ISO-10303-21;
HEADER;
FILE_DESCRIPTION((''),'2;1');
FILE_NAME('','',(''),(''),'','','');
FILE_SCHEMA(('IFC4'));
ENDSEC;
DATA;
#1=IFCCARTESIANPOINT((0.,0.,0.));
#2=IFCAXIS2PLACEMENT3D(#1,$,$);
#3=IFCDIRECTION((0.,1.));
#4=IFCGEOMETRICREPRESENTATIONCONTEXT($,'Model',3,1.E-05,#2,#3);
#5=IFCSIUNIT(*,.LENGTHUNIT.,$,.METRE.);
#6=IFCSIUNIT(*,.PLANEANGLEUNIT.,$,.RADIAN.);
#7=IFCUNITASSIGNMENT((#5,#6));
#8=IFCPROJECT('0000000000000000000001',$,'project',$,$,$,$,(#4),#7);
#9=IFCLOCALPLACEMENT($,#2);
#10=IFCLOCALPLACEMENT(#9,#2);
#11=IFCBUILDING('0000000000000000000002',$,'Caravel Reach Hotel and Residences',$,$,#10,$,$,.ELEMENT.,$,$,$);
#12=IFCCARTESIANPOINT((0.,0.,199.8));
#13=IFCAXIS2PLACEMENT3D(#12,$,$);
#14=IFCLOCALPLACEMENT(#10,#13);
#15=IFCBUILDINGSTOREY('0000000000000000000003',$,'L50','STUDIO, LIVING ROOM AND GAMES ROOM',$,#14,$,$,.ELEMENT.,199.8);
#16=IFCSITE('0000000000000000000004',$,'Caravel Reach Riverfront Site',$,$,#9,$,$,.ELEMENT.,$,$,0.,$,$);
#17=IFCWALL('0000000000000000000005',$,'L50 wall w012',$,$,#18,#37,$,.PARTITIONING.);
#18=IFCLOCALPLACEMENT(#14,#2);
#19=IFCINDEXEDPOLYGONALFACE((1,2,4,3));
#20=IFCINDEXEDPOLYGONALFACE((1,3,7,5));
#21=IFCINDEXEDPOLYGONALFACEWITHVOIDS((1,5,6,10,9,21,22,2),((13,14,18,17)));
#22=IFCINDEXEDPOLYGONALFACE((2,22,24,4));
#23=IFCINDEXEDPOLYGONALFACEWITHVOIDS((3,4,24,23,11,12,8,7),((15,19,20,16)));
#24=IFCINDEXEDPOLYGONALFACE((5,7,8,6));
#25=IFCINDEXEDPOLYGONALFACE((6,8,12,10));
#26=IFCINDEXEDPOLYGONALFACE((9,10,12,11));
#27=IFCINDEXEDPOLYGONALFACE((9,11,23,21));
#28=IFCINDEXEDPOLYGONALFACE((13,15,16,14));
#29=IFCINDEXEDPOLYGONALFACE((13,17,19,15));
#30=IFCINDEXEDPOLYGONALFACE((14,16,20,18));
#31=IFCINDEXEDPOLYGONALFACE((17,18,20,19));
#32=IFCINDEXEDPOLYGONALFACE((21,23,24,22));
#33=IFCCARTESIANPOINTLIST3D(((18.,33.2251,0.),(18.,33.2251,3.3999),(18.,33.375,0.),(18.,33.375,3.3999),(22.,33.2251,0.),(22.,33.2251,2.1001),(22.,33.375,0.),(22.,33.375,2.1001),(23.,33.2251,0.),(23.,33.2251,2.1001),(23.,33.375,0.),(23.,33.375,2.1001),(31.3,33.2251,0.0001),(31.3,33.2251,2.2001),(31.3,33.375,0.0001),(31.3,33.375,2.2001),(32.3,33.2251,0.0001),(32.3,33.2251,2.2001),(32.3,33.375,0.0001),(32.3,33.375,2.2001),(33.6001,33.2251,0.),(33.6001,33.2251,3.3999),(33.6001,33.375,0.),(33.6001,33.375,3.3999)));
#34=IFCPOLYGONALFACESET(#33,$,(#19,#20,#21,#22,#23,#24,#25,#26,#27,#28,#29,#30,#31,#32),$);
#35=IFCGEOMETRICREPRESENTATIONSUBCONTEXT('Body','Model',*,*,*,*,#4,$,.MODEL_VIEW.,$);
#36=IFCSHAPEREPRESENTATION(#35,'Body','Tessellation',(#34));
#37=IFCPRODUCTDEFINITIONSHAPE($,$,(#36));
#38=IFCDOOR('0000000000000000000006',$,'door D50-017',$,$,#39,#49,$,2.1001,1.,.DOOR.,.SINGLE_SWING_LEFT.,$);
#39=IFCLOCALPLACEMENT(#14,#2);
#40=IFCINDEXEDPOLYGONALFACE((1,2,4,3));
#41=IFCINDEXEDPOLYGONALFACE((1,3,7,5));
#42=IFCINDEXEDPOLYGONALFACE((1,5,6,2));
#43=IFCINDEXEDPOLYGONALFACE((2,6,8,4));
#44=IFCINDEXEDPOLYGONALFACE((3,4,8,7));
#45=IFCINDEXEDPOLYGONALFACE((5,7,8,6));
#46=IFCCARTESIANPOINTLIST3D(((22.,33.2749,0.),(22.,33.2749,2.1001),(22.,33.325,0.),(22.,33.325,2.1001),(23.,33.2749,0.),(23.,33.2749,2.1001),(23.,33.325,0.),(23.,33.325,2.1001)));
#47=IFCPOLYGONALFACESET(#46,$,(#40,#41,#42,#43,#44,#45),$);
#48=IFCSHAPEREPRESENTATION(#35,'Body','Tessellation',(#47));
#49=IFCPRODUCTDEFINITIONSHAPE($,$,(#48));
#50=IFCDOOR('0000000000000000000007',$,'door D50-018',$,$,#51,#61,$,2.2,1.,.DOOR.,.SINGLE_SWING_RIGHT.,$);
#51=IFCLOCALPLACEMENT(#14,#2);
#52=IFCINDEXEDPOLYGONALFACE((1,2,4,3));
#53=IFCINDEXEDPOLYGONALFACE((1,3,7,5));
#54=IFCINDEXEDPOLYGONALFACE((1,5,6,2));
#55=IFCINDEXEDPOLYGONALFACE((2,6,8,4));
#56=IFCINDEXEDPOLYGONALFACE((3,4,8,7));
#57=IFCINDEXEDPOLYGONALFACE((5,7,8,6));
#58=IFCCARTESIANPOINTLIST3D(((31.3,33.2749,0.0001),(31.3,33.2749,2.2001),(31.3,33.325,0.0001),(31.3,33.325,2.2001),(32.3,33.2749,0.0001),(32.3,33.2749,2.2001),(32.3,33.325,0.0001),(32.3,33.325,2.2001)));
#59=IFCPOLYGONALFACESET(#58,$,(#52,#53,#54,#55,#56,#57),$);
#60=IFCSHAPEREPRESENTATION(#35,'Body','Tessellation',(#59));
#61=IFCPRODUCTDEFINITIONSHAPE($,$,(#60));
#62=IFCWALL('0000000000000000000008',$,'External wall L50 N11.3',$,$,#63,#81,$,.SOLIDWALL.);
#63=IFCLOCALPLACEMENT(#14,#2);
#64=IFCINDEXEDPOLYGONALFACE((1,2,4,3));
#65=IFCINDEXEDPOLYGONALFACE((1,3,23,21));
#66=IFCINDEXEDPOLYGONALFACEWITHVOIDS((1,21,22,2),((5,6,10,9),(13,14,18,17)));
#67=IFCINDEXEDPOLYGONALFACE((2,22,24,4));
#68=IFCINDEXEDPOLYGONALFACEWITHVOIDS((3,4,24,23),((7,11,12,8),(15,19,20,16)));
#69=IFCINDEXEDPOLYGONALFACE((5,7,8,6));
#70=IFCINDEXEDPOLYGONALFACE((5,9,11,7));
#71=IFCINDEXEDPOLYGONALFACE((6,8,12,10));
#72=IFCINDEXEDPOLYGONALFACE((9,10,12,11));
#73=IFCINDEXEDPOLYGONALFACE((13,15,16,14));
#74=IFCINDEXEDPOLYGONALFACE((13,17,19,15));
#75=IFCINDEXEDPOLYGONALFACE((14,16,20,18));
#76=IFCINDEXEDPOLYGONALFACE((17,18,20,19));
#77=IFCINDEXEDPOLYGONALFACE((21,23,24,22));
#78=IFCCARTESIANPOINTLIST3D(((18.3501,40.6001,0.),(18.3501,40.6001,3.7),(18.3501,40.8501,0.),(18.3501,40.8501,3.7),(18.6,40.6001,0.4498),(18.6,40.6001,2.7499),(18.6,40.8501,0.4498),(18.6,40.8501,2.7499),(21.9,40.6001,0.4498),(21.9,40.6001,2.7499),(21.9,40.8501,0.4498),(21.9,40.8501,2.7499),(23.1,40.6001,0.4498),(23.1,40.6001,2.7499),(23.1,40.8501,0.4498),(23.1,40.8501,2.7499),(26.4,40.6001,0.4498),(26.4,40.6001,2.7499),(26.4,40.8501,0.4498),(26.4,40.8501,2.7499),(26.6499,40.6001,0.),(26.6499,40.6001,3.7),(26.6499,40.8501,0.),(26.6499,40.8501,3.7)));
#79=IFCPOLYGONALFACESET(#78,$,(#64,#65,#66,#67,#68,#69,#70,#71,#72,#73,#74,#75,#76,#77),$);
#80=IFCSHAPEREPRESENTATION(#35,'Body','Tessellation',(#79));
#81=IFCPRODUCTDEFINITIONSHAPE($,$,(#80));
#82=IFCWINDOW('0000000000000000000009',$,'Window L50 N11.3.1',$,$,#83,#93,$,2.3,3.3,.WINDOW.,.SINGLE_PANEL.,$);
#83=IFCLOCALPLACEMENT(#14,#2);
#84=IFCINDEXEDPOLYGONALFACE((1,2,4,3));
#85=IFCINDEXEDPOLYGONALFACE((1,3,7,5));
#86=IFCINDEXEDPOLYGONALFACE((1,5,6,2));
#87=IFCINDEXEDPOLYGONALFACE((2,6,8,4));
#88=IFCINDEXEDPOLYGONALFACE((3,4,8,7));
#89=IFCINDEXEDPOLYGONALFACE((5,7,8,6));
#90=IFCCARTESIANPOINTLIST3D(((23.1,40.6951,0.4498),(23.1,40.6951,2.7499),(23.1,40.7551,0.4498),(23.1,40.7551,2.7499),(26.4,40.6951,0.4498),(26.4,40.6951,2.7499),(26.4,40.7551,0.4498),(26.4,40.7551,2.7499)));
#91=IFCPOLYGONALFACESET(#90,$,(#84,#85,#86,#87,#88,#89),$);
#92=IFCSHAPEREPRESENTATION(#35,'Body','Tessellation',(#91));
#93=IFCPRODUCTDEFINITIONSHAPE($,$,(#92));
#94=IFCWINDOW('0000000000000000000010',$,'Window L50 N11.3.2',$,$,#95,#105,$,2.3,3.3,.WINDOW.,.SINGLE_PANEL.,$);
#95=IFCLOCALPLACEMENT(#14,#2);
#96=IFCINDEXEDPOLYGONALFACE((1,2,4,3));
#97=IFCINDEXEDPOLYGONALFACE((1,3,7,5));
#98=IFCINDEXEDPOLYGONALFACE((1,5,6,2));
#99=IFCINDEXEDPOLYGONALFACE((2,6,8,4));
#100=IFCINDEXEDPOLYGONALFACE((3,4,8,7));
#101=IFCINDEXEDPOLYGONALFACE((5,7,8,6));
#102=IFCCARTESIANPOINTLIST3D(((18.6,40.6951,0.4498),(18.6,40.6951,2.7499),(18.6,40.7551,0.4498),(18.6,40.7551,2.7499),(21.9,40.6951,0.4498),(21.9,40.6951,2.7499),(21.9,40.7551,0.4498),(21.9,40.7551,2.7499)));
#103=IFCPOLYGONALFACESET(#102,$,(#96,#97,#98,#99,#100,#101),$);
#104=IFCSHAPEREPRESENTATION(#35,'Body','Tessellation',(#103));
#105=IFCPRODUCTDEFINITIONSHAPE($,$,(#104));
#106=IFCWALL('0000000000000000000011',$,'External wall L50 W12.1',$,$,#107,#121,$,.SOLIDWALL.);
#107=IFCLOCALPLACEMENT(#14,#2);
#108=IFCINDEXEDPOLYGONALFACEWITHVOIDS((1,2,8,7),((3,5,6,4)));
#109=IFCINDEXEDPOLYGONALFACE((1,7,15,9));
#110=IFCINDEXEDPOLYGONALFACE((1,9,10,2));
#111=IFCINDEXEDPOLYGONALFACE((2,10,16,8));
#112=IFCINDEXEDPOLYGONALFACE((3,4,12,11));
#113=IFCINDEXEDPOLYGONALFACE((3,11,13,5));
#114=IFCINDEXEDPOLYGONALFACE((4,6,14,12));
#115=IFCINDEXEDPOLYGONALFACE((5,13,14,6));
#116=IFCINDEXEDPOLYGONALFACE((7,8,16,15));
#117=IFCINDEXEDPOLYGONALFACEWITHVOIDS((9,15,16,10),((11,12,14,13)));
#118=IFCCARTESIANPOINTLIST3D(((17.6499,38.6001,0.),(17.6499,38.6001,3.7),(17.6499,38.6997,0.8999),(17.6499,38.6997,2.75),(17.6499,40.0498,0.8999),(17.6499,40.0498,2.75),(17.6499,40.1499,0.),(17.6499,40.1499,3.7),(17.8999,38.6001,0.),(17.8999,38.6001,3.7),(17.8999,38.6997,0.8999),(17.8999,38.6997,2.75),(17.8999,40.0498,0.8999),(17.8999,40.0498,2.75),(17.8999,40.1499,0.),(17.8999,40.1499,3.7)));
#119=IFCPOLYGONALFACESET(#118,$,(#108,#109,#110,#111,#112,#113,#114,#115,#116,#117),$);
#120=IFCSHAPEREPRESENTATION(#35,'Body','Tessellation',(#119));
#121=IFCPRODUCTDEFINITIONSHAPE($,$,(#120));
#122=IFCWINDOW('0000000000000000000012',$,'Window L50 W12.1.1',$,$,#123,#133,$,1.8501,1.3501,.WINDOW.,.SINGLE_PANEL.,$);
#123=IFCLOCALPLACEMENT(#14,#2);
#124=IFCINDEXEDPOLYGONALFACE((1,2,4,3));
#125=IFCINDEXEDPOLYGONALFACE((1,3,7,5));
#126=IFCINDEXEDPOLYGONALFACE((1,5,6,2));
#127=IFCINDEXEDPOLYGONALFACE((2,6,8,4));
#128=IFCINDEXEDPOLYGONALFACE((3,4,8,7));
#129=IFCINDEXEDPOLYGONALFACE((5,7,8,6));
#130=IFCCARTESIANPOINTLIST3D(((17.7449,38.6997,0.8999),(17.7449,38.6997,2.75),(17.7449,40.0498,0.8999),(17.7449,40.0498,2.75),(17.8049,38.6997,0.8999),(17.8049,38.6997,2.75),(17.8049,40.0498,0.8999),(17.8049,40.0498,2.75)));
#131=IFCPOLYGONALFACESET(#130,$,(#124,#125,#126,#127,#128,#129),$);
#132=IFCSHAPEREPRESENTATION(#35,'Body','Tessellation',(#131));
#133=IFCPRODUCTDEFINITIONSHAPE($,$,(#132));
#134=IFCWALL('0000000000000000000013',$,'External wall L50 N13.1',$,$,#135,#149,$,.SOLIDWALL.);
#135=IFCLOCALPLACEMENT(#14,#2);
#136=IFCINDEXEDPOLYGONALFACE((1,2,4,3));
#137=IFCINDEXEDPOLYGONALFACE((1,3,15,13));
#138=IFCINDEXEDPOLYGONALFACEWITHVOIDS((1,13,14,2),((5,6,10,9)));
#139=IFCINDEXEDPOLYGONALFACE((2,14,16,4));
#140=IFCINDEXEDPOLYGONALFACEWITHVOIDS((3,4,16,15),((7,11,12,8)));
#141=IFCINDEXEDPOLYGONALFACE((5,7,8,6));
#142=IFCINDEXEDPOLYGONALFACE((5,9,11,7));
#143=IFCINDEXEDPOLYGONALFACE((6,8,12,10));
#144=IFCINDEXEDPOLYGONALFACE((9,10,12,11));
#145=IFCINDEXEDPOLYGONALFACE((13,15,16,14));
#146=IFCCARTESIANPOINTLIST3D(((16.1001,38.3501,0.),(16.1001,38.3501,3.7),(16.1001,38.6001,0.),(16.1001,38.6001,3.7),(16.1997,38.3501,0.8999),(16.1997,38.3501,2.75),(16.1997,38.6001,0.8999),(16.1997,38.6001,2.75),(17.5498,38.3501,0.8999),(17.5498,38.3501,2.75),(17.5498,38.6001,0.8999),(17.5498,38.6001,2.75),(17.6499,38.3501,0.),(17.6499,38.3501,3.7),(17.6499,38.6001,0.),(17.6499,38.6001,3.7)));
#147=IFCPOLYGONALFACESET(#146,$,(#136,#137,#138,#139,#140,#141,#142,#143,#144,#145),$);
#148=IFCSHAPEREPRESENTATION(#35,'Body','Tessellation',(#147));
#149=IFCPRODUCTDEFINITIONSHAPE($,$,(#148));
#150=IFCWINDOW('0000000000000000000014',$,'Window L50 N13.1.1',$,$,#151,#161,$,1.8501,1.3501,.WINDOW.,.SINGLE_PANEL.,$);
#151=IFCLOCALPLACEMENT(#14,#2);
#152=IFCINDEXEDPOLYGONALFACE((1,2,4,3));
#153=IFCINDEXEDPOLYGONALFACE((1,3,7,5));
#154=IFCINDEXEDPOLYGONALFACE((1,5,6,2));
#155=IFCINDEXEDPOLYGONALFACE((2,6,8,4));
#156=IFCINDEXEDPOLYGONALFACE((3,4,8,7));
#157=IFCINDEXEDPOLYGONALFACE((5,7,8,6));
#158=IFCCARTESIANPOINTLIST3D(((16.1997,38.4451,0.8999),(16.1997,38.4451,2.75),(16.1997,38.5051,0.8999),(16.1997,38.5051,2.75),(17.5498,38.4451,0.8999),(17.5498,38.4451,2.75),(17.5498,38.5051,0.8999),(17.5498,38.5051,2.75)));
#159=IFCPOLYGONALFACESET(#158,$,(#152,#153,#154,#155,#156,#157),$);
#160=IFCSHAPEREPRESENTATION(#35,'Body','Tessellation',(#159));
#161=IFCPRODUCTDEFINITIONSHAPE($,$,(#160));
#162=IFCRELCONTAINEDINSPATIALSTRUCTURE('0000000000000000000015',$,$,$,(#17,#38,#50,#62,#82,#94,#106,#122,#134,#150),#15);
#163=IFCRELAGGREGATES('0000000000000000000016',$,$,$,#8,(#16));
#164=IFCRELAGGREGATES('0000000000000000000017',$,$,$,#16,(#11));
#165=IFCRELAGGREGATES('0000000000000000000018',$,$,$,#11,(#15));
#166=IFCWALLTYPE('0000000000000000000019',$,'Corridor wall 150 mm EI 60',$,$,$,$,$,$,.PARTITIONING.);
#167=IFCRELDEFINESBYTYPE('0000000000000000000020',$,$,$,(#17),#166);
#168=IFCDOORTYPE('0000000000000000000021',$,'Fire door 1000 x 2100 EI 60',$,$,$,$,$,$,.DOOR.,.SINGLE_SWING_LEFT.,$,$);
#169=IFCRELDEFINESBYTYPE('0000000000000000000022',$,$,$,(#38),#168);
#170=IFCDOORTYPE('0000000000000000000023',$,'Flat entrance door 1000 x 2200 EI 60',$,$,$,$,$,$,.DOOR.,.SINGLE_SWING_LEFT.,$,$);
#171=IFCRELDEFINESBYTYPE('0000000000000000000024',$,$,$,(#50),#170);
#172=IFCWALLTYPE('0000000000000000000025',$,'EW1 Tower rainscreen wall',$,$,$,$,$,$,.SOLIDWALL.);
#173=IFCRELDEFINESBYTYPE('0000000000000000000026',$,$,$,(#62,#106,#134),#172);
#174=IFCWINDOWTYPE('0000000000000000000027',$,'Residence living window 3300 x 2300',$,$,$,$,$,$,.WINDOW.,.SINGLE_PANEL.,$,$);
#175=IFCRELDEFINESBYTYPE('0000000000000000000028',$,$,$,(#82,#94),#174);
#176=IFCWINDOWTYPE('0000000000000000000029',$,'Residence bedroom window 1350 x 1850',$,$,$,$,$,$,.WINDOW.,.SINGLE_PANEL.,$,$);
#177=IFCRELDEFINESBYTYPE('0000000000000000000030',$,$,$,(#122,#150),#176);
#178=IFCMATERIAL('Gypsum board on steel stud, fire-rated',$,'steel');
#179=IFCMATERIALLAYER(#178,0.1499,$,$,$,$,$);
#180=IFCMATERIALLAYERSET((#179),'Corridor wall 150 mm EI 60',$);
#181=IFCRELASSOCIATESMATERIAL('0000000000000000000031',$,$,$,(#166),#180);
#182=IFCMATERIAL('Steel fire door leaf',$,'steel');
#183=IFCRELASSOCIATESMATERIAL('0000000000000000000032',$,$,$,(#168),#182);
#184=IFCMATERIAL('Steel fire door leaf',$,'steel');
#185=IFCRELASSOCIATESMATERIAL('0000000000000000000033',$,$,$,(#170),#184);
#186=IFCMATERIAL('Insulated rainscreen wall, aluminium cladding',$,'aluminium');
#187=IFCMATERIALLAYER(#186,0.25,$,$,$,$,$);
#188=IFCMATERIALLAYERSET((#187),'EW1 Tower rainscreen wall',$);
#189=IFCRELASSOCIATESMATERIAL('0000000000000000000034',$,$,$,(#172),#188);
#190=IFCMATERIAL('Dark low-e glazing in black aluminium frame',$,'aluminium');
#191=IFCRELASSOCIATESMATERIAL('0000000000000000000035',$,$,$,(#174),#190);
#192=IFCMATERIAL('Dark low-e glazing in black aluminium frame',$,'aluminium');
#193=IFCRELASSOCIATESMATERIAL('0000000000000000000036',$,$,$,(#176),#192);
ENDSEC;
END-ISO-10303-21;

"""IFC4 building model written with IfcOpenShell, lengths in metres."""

from ifc_helpers import new_model, si_unit, direction, frame, frame_2d, origin, place, context, subcontext, project, spatial, rectangle, extrude, material, layer, layer_set, type_object, element, fill, save


model = new_model("IFC4")

# Units and contexts
model_context = context("Model", 3, precision=1e-05, world=origin(), true_north=direction((0.0, 1.0)))
body_context = subcontext(model_context, "Body", "Model", "MODEL_VIEW")
ifc_project = project(units=[si_unit("LENGTHUNIT", "METRE"), si_unit("PLANEANGLEUNIT", "RADIAN")], contexts=[model_context])

# Site, building, storey
site_placement = place(None, origin())
site = spatial("IfcSite", under=ifc_project, at=site_placement, Name="Caravel Reach Riverfront Site", CompositionType="ELEMENT", RefElevation=0.0)
building_placement = place(site_placement, origin())
building = spatial("IfcBuilding", under=site, at=building_placement, Name="Caravel Reach Hotel and Residences", CompositionType="ELEMENT")
storey_placement = place(building_placement, frame((0.0, 0.0, 199.8)))
storey = spatial("IfcBuildingStorey", under=building, at=storey_placement, Name="L50", Description="STUDIO, LIVING ROOM AND GAMES ROOM", CompositionType="ELEMENT", Elevation=199.8)

# Shared definitions
ifc_material_1 = material(Name="Gypsum board on steel stud, fire-rated", Category="steel")
ifc_layer_1 = layer(ifc_material_1, 0.1499)
ifc_layer_set_1 = layer_set([ifc_layer_1], Name="Corridor wall 150 mm EI 60")
wall_type_1 = type_object("IfcWallType", Name="Corridor wall 150 mm EI 60", PredefinedType="PARTITIONING", material=ifc_layer_set_1)

# Wall, openings, doors
wall_1_placement = place(storey_placement, frame((18.0, 33.3, 0.0), z_axis=(0.0, 0.0, 1.0), x_axis=(1.0, 0.0, 0.0)))
wall_1 = element("IfcWall", 1, at=wall_1_placement, inside=storey, type_object=wall_type_1, Name="L50 wall w012", PredefinedType="PARTITIONING", context=body_context, shape_type="SweptSolid", body=[
    extrude(rectangle(XDim=15.6001, YDim=0.1499, at=frame_2d((7.8, 0.0))), origin(), (0.0, 0.0, 1.0), 3.3999),
])
opening_1_placement = place(wall_1_placement, frame((4.0, 0.0, 0.0)))
opening_1 = element("IfcOpeningElement", 2, at=opening_1_placement, cuts=wall_1, PredefinedType="OPENING", context=body_context, shape_type="SweptSolid", body=[
    extrude(rectangle(XDim=1.0, YDim=2.1001, at=frame_2d((0.5, 1.05))), frame((0.0, 0.085, 0.0), z_axis=(0.0, -1.0, 0.0), x_axis=(1.0, 0.0, 0.0)), (0.0, 0.0, 1.0), 0.1699),
])
opening_2_placement = place(wall_1_placement, frame((13.3, 0.0, 0.0)))
opening_2 = element("IfcOpeningElement", 3, at=opening_2_placement, cuts=wall_1, PredefinedType="OPENING", context=body_context, shape_type="SweptSolid", body=[
    extrude(rectangle(XDim=1.0, YDim=2.2, at=frame_2d((0.5, 1.1001))), frame((0.0, 0.085, 0.0), z_axis=(0.0, -1.0, 0.0), x_axis=(1.0, 0.0, 0.0)), (0.0, 0.0, 1.0), 0.1699),
])
ifc_material_2 = material(Name="Steel fire door leaf", Category="steel")
door_type_1 = type_object("IfcDoorType", Name="Fire door 1000 x 2100 EI 60", OperationType="SINGLE_SWING_LEFT", PredefinedType="DOOR", material=ifc_material_2)
door_1_placement = place(opening_1_placement, origin())
door_1 = element("IfcDoor", 4, at=door_1_placement, inside=storey, type_object=door_type_1, Name="door D50-017", OperationType="SINGLE_SWING_LEFT", OverallHeight=2.1001, OverallWidth=1.0, PredefinedType="DOOR", context=body_context, shape_type="SweptSolid", body=[
    extrude(rectangle(XDim=1.0, YDim=2.1001, at=frame_2d((0.5, 1.05))), frame((0.0, 0.0249, 0.0), z_axis=(0.0, -1.0, 0.0), x_axis=(1.0, 0.0, 0.0)), (0.0, 0.0, 1.0), 0.05),
])
fill(opening_1, door_1)
ifc_material_3 = material(Name="Steel fire door leaf", Category="steel")
door_type_2 = type_object("IfcDoorType", Name="Flat entrance door 1000 x 2200 EI 60", OperationType="SINGLE_SWING_LEFT", PredefinedType="DOOR", material=ifc_material_3)
door_2_placement = place(opening_2_placement, origin())
door_2 = element("IfcDoor", 5, at=door_2_placement, inside=storey, type_object=door_type_2, Name="door D50-018", OperationType="SINGLE_SWING_RIGHT", OverallHeight=2.2, OverallWidth=1.0, PredefinedType="DOOR", context=body_context, shape_type="SweptSolid", body=[
    extrude(rectangle(XDim=1.0, YDim=2.2, at=frame_2d((0.5, 1.1001))), frame((0.0, 0.0249, 0.0), z_axis=(0.0, -1.0, 0.0), x_axis=(1.0, 0.0, 0.0)), (0.0, 0.0, 1.0), 0.05),
])
fill(opening_2, door_2)

# Wall, openings, windows
ifc_material_4 = material(Name="Insulated rainscreen wall, aluminium cladding", Category="aluminium")
ifc_layer_2 = layer(ifc_material_4, 0.25)
ifc_layer_set_2 = layer_set([ifc_layer_2], Name="EW1 Tower rainscreen wall")
wall_type_2 = type_object("IfcWallType", Name="EW1 Tower rainscreen wall", PredefinedType="SOLIDWALL", material=ifc_layer_set_2)
wall_2_placement = place(storey_placement, frame((26.6499, 40.7251, 0.0), z_axis=(0.0, 0.0, 1.0), x_axis=(-1.0, 0.0, 0.0)))
wall_2 = element("IfcWall", 6, at=wall_2_placement, inside=storey, type_object=wall_type_2, Name="External wall L50 N11.3", PredefinedType="SOLIDWALL", context=body_context, shape_type="SweptSolid", body=[
    extrude(rectangle(XDim=8.2998, YDim=0.25, at=frame_2d((4.1499, 0.0))), origin(), (0.0, 0.0, 1.0), 3.7),
])
opening_3_placement = place(wall_2_placement, frame((0.25, 0.0, 0.45)))
opening_3 = element("IfcOpeningElement", 7, at=opening_3_placement, cuts=wall_2, PredefinedType="OPENING", context=body_context, shape_type="SweptSolid", body=[
    extrude(rectangle(XDim=3.3, YDim=2.3, at=frame_2d((1.6499, 1.1499))), frame((0.0, 0.135, 0.0), z_axis=(0.0, -1.0, 0.0), x_axis=(1.0, 0.0, 0.0)), (0.0, 0.0, 1.0), 0.27),
])
opening_4_placement = place(wall_2_placement, frame((4.75, 0.0, 0.45)))
opening_4 = element("IfcOpeningElement", 8, at=opening_4_placement, cuts=wall_2, PredefinedType="OPENING", context=body_context, shape_type="SweptSolid", body=[
    extrude(rectangle(XDim=3.3, YDim=2.3, at=frame_2d((1.6499, 1.1499))), frame((0.0, 0.135, 0.0), z_axis=(0.0, -1.0, 0.0), x_axis=(1.0, 0.0, 0.0)), (0.0, 0.0, 1.0), 0.27),
])
ifc_material_5 = material(Name="Dark low-e glazing in black aluminium frame", Category="aluminium")
window_type_1 = type_object("IfcWindowType", Name="Residence living window 3300 x 2300", PartitioningType="SINGLE_PANEL", PredefinedType="WINDOW", material=ifc_material_5)
window_1_placement = place(opening_3_placement, origin())
window_1 = element("IfcWindow", 9, at=window_1_placement, inside=storey, type_object=window_type_1, Name="Window L50 N11.3.1", OverallHeight=2.3, OverallWidth=3.3, PartitioningType="SINGLE_PANEL", PredefinedType="WINDOW", context=body_context, shape_type="SweptSolid", body=[
    extrude(rectangle(XDim=3.3, YDim=2.3, at=frame_2d((1.6499, 1.1499))), frame((0.0, 0.03, 0.0), z_axis=(0.0, -1.0, 0.0), x_axis=(1.0, 0.0, 0.0)), (0.0, 0.0, 1.0), 0.0601),
])
fill(opening_3, window_1)
window_2_placement = place(opening_4_placement, origin())
window_2 = element("IfcWindow", 10, at=window_2_placement, inside=storey, type_object=window_type_1, Name="Window L50 N11.3.2", OverallHeight=2.3, OverallWidth=3.3, PartitioningType="SINGLE_PANEL", PredefinedType="WINDOW", context=body_context, shape_type="SweptSolid", body=[
    extrude(rectangle(XDim=3.3, YDim=2.3, at=frame_2d((1.6499, 1.1499))), frame((0.0, 0.03, 0.0), z_axis=(0.0, -1.0, 0.0), x_axis=(1.0, 0.0, 0.0)), (0.0, 0.0, 1.0), 0.0601),
])
fill(opening_4, window_2)

# Walls, openings, windows
wall_3_placement = place(storey_placement, frame((17.7749, 40.1499, 0.0), z_axis=(0.0, 0.0, 1.0), x_axis=(0.0, -1.0, 0.0)))
wall_3 = element("IfcWall", 11, at=wall_3_placement, inside=storey, type_object=wall_type_2, Name="External wall L50 W12.1", PredefinedType="SOLIDWALL", context=body_context, shape_type="SweptSolid", body=[
    extrude(rectangle(XDim=1.5498, YDim=0.25, at=frame_2d((0.7749, 0.0))), origin(), (0.0, 0.0, 1.0), 3.7),
])
opening_5_placement = place(wall_3_placement, frame((0.1001, 0.0, 0.8999)))
opening_5 = element("IfcOpeningElement", 12, at=opening_5_placement, cuts=wall_3, PredefinedType="OPENING", context=body_context, shape_type="SweptSolid", body=[
    extrude(rectangle(XDim=1.3501, YDim=1.8501, at=frame_2d((0.675, 0.925))), frame((0.0, 0.135, 0.0), z_axis=(0.0, -1.0, 0.0), x_axis=(1.0, 0.0, 0.0)), (0.0, 0.0, 1.0), 0.27),
])
ifc_material_6 = material(Name="Dark low-e glazing in black aluminium frame", Category="aluminium")
window_type_2 = type_object("IfcWindowType", Name="Residence bedroom window 1350 x 1850", PartitioningType="SINGLE_PANEL", PredefinedType="WINDOW", material=ifc_material_6)
window_3_placement = place(opening_5_placement, origin())
window_3 = element("IfcWindow", 13, at=window_3_placement, inside=storey, type_object=window_type_2, Name="Window L50 W12.1.1", OverallHeight=1.8501, OverallWidth=1.3501, PartitioningType="SINGLE_PANEL", PredefinedType="WINDOW", context=body_context, shape_type="SweptSolid", body=[
    extrude(rectangle(XDim=1.3501, YDim=1.8501, at=frame_2d((0.675, 0.925))), frame((0.0, 0.03, 0.0), z_axis=(0.0, -1.0, 0.0), x_axis=(1.0, 0.0, 0.0)), (0.0, 0.0, 1.0), 0.0601),
])
fill(opening_5, window_3)
wall_4_placement = place(storey_placement, frame((17.6499, 38.4751, 0.0), z_axis=(0.0, 0.0, 1.0), x_axis=(-1.0, 0.0, 0.0)))
wall_4 = element("IfcWall", 14, at=wall_4_placement, inside=storey, type_object=wall_type_2, Name="External wall L50 N13.1", PredefinedType="SOLIDWALL", context=body_context, shape_type="SweptSolid", body=[
    extrude(rectangle(XDim=1.5498, YDim=0.25, at=frame_2d((0.7749, 0.0))), origin(), (0.0, 0.0, 1.0), 3.7),
])
opening_6_placement = place(wall_4_placement, frame((0.1001, 0.0, 0.8999)))
opening_6 = element("IfcOpeningElement", 15, at=opening_6_placement, cuts=wall_4, PredefinedType="OPENING", context=body_context, shape_type="SweptSolid", body=[
    extrude(rectangle(XDim=1.3501, YDim=1.8501, at=frame_2d((0.675, 0.925))), frame((0.0, 0.135, 0.0), z_axis=(0.0, -1.0, 0.0), x_axis=(1.0, 0.0, 0.0)), (0.0, 0.0, 1.0), 0.27),
])
window_4_placement = place(opening_6_placement, origin())
window_4 = element("IfcWindow", 16, at=window_4_placement, inside=storey, type_object=window_type_2, Name="Window L50 N13.1.1", OverallHeight=1.8501, OverallWidth=1.3501, PartitioningType="SINGLE_PANEL", PredefinedType="WINDOW", context=body_context, shape_type="SweptSolid", body=[
    extrude(rectangle(XDim=1.3501, YDim=1.8501, at=frame_2d((0.675, 0.925))), frame((0.0, 0.03, 0.0), z_axis=(0.0, -1.0, 0.0), x_axis=(1.0, 0.0, 0.0)), (0.0, 0.0, 1.0), 0.0601),
])
fill(opening_6, window_4)

save(model, "model.ifc")
